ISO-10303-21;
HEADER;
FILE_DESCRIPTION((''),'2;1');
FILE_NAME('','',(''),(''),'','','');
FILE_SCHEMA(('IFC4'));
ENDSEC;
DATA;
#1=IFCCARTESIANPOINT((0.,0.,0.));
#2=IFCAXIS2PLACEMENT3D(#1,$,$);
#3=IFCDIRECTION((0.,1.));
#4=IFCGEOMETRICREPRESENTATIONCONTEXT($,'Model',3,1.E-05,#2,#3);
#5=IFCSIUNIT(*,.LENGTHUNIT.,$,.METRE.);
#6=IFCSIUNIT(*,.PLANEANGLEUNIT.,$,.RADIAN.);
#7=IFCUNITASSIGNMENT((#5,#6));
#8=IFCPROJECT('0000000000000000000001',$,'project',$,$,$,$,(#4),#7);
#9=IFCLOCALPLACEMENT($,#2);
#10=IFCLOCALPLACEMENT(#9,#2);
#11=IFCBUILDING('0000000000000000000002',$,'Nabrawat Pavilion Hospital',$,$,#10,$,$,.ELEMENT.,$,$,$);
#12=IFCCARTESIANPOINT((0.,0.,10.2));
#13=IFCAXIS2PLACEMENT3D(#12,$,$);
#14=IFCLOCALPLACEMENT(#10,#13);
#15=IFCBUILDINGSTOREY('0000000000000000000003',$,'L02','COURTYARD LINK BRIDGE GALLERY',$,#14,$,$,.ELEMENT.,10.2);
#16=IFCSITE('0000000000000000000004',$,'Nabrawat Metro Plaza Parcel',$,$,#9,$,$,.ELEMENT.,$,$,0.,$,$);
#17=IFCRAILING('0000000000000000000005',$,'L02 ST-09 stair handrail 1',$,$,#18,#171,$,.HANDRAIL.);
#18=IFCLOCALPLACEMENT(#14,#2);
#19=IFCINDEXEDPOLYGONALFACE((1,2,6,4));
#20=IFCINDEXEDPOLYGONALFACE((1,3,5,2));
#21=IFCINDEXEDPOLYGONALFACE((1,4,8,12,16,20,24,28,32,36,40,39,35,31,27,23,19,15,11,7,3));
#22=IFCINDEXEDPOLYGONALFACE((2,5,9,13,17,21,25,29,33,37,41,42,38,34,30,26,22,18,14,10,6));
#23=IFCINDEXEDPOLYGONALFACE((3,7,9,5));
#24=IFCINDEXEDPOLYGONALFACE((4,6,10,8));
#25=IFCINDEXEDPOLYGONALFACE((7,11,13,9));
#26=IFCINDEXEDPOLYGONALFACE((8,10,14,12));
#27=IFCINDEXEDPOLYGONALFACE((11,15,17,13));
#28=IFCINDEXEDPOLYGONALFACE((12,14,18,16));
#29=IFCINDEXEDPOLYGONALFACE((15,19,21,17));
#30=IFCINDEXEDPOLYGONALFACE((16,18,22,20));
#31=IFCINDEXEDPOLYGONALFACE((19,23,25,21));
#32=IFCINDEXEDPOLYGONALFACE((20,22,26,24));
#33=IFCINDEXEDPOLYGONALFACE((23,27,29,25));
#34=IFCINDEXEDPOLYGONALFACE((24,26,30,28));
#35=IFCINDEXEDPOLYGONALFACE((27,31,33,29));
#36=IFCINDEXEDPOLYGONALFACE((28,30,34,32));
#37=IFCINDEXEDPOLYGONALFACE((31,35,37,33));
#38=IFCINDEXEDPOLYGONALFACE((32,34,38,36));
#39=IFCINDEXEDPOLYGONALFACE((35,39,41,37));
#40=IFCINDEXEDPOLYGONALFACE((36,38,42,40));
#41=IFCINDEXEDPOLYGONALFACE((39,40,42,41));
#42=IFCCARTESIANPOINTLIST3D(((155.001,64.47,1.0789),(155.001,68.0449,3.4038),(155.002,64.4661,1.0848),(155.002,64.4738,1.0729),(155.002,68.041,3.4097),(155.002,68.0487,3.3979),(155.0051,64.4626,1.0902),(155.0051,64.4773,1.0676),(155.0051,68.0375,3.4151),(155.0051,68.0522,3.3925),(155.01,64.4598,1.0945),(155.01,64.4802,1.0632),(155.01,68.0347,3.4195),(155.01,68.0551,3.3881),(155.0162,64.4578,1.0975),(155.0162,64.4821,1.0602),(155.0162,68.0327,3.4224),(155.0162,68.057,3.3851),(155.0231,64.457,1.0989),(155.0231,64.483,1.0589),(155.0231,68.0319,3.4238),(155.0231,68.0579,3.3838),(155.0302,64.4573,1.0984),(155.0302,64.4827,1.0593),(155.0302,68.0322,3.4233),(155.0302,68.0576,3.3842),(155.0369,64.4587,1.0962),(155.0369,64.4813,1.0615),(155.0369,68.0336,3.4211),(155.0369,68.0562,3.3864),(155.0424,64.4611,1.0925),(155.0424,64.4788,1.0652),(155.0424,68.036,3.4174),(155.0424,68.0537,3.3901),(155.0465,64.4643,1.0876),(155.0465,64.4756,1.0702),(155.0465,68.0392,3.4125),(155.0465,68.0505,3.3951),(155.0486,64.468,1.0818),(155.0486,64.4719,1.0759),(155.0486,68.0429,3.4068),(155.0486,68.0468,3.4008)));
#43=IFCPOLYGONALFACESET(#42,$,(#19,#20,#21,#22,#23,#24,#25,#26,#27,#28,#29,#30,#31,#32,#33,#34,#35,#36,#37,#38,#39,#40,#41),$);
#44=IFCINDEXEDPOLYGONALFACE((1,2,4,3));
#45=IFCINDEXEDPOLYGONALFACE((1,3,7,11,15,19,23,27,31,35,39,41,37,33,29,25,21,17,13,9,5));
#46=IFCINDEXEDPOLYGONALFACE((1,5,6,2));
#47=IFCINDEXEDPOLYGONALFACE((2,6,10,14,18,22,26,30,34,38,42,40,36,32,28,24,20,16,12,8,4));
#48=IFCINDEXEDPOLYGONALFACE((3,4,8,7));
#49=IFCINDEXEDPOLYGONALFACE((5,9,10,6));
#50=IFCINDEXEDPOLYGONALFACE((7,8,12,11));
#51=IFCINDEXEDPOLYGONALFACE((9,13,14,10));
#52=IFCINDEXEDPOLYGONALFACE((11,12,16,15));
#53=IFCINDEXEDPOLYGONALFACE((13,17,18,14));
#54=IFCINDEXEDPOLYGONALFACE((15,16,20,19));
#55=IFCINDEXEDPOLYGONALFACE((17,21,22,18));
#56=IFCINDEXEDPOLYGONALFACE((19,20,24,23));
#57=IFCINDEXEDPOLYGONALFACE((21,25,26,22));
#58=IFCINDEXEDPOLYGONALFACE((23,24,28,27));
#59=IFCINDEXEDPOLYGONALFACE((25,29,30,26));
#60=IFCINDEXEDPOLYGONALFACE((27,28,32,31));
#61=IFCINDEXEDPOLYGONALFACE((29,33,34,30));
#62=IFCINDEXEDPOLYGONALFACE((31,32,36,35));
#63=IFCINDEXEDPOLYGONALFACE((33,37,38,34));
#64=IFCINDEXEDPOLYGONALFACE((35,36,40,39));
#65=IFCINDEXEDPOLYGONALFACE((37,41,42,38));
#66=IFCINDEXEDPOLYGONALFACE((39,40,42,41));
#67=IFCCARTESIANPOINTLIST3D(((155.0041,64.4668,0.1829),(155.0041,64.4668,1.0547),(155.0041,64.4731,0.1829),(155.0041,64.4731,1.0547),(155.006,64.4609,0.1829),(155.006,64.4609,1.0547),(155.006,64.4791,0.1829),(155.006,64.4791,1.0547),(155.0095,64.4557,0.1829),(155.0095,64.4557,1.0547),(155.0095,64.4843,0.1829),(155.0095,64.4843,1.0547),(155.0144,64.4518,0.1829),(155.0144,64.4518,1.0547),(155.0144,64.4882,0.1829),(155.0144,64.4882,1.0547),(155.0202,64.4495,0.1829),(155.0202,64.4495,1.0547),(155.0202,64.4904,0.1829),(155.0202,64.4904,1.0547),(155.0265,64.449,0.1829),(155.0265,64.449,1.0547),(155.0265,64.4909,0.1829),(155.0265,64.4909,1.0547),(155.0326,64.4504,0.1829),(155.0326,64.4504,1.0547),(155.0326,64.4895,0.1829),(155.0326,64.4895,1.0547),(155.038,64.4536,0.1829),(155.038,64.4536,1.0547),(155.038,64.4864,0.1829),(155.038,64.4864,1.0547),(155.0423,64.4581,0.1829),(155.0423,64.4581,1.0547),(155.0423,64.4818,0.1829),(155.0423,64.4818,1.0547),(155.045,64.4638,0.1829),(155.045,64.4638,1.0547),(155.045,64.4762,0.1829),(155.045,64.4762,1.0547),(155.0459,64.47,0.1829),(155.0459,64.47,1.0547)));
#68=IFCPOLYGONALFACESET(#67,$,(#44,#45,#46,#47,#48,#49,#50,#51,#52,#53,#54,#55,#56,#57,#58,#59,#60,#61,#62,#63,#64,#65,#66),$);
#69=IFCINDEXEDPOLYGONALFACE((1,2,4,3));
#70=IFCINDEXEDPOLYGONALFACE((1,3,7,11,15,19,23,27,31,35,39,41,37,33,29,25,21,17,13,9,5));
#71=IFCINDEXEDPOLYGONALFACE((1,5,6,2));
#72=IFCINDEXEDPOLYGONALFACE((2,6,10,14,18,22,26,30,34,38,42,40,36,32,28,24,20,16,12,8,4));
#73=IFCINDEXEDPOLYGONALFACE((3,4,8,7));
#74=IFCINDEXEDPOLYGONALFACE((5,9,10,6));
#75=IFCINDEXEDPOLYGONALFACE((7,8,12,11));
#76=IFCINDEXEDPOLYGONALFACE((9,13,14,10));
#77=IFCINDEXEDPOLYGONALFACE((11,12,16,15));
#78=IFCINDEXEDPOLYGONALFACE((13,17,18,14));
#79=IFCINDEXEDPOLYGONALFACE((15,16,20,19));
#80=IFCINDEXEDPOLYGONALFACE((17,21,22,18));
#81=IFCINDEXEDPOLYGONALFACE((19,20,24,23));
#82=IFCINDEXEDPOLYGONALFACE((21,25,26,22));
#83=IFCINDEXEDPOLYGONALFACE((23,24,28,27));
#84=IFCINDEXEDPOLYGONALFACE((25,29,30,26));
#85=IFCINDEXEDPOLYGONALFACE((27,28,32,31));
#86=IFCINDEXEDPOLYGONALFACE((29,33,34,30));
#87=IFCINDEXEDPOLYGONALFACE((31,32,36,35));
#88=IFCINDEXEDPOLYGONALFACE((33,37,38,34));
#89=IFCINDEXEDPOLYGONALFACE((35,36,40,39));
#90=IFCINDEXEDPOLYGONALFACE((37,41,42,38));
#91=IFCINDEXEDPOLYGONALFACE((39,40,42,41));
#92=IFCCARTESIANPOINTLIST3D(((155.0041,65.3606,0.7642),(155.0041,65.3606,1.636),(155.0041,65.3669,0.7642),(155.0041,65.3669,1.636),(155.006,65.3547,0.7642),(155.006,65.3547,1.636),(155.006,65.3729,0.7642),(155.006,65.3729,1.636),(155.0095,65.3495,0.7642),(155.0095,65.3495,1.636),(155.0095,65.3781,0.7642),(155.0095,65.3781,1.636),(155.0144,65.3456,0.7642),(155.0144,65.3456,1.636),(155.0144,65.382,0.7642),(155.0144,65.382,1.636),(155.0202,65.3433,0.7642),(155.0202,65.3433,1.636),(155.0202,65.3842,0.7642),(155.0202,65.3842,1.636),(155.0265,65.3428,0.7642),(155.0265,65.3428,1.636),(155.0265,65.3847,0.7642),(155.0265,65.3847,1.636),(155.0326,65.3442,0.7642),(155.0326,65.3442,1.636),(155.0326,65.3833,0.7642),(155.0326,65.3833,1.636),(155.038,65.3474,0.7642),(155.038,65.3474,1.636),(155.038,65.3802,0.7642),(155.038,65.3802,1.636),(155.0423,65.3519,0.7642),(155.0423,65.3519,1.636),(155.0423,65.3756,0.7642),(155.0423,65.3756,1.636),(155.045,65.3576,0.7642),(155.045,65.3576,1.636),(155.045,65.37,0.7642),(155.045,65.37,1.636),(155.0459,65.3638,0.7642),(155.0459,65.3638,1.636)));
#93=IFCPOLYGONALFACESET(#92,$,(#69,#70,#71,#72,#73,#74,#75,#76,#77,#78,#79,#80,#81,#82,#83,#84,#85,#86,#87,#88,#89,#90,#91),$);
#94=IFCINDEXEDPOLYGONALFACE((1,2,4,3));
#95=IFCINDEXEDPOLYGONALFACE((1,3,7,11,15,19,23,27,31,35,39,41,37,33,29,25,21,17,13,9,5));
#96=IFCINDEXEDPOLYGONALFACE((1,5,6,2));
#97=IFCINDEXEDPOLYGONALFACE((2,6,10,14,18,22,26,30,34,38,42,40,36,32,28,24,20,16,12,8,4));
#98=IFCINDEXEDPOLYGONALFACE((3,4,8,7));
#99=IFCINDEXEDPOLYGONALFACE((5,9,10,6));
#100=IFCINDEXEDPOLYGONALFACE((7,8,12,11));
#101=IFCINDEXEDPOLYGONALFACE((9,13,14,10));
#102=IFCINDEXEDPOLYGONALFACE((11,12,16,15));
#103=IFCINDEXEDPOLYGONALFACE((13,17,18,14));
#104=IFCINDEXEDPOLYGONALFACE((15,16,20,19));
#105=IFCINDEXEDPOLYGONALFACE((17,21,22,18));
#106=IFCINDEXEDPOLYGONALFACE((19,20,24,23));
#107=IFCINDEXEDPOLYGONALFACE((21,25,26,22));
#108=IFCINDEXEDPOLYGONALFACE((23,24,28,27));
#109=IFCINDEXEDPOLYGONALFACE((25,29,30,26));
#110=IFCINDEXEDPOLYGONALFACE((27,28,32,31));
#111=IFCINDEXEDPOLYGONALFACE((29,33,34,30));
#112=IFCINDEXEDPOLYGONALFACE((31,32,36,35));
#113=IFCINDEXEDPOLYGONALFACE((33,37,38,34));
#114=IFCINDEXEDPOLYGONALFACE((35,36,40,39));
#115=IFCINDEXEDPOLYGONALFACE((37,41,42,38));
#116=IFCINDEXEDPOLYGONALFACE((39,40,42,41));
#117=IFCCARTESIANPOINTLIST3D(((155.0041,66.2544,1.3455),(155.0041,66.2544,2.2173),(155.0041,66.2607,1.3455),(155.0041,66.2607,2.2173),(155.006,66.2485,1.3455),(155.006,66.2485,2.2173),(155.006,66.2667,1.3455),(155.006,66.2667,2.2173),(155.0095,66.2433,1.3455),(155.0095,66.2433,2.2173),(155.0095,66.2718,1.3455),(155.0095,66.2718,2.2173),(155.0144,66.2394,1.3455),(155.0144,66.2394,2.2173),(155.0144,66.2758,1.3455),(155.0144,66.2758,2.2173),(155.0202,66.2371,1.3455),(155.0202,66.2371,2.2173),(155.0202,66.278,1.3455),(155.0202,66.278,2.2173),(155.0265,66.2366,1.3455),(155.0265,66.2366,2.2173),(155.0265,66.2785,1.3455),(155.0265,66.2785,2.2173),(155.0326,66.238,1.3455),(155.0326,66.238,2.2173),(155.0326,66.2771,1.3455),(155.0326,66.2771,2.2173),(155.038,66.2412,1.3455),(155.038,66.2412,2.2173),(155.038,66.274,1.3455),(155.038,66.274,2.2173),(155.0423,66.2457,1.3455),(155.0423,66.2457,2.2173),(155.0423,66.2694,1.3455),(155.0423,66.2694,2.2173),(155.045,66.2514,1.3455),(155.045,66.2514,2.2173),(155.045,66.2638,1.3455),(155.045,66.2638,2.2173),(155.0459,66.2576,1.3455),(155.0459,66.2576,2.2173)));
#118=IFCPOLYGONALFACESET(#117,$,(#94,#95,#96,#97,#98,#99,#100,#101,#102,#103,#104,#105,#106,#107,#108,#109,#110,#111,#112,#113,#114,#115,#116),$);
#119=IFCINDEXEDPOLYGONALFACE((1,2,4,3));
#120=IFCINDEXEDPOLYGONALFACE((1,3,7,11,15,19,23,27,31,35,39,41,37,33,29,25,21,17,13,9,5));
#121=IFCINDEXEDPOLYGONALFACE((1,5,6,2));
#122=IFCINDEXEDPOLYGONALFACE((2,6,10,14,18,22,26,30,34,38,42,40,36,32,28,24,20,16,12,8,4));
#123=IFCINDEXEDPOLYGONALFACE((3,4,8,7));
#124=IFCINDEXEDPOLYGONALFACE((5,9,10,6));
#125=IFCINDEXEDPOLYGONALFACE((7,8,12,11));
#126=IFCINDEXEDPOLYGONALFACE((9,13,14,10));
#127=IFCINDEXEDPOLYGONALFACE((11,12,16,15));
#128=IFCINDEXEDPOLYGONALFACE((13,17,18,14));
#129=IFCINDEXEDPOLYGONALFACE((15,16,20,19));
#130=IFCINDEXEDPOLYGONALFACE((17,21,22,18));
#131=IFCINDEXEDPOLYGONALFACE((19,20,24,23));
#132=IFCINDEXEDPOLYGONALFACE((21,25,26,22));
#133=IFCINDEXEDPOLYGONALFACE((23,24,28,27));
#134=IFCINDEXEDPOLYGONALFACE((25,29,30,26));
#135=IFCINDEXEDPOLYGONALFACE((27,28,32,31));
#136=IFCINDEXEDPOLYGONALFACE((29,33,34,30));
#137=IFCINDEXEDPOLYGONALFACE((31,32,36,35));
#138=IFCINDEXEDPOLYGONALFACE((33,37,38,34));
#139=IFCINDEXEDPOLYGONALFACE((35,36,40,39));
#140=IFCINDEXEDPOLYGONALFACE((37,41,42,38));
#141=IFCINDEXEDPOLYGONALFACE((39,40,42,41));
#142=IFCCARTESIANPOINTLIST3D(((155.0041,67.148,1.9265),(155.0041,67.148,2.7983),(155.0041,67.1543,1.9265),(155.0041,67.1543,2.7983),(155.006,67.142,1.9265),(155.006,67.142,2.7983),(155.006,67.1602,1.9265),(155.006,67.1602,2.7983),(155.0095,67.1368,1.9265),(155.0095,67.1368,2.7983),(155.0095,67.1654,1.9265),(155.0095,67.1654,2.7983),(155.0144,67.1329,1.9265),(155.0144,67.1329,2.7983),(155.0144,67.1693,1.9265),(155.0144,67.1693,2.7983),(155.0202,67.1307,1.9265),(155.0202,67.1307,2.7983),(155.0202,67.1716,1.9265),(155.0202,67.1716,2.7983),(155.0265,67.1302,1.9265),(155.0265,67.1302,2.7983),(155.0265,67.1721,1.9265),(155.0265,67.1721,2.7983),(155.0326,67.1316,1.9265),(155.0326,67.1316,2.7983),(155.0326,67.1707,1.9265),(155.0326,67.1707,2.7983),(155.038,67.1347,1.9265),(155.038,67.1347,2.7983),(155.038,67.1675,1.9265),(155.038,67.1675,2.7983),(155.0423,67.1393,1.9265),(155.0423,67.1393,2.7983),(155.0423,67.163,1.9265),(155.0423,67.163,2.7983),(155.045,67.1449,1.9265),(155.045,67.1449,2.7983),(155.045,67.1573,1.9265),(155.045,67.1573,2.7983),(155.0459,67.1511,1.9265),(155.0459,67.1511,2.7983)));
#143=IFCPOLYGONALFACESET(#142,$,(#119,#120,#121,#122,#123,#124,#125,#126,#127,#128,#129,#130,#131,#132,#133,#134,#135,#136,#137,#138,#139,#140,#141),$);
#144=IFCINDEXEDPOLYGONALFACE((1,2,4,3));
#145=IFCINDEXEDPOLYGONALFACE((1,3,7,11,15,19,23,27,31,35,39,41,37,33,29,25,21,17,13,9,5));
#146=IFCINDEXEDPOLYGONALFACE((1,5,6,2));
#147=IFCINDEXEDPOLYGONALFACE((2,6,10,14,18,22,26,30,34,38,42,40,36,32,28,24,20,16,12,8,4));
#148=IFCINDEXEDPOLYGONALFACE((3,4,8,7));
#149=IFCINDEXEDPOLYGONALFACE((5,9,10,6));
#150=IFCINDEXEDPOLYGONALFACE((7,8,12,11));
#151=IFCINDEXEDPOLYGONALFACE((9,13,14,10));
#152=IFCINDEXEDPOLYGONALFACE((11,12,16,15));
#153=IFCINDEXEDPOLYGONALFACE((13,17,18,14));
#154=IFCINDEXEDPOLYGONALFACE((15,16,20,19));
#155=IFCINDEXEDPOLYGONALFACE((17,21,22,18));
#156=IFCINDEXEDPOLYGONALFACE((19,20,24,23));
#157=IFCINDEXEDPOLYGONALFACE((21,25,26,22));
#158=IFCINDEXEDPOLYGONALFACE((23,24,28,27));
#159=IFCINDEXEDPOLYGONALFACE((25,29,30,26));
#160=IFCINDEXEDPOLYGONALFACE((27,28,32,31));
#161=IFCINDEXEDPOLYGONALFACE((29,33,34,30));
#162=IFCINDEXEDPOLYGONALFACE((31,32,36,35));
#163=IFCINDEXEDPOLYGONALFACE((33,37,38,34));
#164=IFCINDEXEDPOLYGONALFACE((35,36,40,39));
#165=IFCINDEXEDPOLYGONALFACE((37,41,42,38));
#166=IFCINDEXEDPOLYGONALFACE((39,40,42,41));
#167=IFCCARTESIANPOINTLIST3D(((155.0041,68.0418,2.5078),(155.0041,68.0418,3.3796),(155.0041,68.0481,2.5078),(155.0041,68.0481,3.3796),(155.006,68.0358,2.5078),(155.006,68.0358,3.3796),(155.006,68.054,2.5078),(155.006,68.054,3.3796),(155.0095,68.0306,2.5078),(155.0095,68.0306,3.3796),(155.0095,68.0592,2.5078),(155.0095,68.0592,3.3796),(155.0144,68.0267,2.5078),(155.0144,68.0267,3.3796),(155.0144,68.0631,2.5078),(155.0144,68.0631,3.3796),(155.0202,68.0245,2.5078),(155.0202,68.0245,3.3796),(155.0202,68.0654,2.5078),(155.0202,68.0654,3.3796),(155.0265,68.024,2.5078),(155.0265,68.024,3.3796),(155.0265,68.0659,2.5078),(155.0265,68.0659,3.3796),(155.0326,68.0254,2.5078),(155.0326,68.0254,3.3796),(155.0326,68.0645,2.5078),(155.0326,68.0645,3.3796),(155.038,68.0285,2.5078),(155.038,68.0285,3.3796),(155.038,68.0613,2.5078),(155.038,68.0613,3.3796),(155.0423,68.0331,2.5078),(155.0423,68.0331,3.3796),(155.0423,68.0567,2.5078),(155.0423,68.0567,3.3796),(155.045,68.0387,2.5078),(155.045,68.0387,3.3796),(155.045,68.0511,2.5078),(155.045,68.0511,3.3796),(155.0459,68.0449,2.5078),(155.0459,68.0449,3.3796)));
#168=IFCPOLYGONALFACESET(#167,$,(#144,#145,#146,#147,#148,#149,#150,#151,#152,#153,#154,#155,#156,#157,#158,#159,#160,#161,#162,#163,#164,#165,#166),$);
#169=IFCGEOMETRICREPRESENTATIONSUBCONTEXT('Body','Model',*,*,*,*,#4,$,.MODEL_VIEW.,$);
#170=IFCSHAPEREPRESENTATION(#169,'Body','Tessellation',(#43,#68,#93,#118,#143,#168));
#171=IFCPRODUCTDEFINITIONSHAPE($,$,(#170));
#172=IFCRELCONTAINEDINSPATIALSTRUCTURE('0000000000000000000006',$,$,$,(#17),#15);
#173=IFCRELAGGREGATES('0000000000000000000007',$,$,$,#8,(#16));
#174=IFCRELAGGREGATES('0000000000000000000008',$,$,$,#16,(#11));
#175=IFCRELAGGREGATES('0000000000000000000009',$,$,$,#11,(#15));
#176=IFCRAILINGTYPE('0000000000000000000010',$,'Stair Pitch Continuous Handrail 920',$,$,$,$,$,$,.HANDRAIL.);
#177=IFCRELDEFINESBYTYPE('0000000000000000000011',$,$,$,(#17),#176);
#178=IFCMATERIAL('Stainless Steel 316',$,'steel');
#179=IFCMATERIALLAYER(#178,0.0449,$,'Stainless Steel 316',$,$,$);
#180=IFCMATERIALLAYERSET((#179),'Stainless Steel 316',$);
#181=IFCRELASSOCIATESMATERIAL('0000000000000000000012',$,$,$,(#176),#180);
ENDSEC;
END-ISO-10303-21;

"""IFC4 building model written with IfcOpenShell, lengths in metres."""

from ifc_helpers import new_model, si_unit, direction, frame, origin, origin_2d, place, context, subcontext, project, spatial, circle, extrude, material, layer, layer_set, type_object, element, save


model = new_model("IFC4")

# Units and contexts
model_context = context("Model", 3, precision=1e-05, world=origin(), true_north=direction((0.0, 1.0)))
body_context = subcontext(model_context, "Body", "Model", "MODEL_VIEW")
ifc_project = project(units=[si_unit("LENGTHUNIT", "METRE"), si_unit("PLANEANGLEUNIT", "RADIAN")], contexts=[model_context])

# Site, building, storey
site_placement = place(None, origin())
site = spatial("IfcSite", under=ifc_project, at=site_placement, Name="Nabrawat Metro Plaza Parcel", CompositionType="ELEMENT", RefElevation=0.0)
building_placement = place(site_placement, origin())
building = spatial("IfcBuilding", under=site, at=building_placement, Name="Nabrawat Pavilion Hospital", CompositionType="ELEMENT")
storey_placement = place(building_placement, frame((0.0, 0.0, 10.2)))
storey = spatial("IfcBuildingStorey", under=building, at=storey_placement, Name="L02", Description="COURTYARD LINK BRIDGE GALLERY", CompositionType="ELEMENT", Elevation=10.2)

# Railing
ifc_material_1 = material(Name="Stainless Steel 316", Category="steel")
ifc_layer_1 = layer(ifc_material_1, 0.0449, Name="Stainless Steel 316")
ifc_layer_set_1 = layer_set([ifc_layer_1], Name="Stainless Steel 316")
railing_type = type_object("IfcRailingType", Name="Stair Pitch Continuous Handrail 920", PredefinedType="HANDRAIL", material=ifc_layer_set_1)
railing_placement = place(storey_placement, frame((155.0249, 64.47, 0.1829)))
element("IfcRailing", 1, at=railing_placement, inside=storey, type_object=railing_type, Name="L02 ST-09 stair handrail 1", PredefinedType="HANDRAIL", context=body_context, shape_type="SweptSolid", body=[
    extrude(circle(Radius=0.0239, at=origin_2d()), frame((0.0, 0.0, 0.896), z_axis=(0.0, 0.838311, 0.545192), x_axis=(-1.0, 0.0, 0.0)), (0.0, 0.0, 1.0), 4.2644),
    extrude(circle(Radius=0.021, at=origin_2d()), origin(), (0.0, 0.0, 1.0), 0.8718),
    extrude(circle(Radius=0.021, at=origin_2d()), frame((0.0, 0.8938, 0.5813)), (0.0, 0.0, 1.0), 0.8718),
    extrude(circle(Radius=0.021, at=origin_2d()), frame((0.0, 1.7876, 1.1626)), (0.0, 0.0, 1.0), 0.8718),
    extrude(circle(Radius=0.021, at=origin_2d()), frame((0.0, 2.6812, 1.7437)), (0.0, 0.0, 1.0), 0.8718),
    extrude(circle(Radius=0.021, at=origin_2d()), frame((0.0, 3.575, 2.325)), (0.0, 0.0, 1.0), 0.8718),
])

save(model, "model.ifc")
